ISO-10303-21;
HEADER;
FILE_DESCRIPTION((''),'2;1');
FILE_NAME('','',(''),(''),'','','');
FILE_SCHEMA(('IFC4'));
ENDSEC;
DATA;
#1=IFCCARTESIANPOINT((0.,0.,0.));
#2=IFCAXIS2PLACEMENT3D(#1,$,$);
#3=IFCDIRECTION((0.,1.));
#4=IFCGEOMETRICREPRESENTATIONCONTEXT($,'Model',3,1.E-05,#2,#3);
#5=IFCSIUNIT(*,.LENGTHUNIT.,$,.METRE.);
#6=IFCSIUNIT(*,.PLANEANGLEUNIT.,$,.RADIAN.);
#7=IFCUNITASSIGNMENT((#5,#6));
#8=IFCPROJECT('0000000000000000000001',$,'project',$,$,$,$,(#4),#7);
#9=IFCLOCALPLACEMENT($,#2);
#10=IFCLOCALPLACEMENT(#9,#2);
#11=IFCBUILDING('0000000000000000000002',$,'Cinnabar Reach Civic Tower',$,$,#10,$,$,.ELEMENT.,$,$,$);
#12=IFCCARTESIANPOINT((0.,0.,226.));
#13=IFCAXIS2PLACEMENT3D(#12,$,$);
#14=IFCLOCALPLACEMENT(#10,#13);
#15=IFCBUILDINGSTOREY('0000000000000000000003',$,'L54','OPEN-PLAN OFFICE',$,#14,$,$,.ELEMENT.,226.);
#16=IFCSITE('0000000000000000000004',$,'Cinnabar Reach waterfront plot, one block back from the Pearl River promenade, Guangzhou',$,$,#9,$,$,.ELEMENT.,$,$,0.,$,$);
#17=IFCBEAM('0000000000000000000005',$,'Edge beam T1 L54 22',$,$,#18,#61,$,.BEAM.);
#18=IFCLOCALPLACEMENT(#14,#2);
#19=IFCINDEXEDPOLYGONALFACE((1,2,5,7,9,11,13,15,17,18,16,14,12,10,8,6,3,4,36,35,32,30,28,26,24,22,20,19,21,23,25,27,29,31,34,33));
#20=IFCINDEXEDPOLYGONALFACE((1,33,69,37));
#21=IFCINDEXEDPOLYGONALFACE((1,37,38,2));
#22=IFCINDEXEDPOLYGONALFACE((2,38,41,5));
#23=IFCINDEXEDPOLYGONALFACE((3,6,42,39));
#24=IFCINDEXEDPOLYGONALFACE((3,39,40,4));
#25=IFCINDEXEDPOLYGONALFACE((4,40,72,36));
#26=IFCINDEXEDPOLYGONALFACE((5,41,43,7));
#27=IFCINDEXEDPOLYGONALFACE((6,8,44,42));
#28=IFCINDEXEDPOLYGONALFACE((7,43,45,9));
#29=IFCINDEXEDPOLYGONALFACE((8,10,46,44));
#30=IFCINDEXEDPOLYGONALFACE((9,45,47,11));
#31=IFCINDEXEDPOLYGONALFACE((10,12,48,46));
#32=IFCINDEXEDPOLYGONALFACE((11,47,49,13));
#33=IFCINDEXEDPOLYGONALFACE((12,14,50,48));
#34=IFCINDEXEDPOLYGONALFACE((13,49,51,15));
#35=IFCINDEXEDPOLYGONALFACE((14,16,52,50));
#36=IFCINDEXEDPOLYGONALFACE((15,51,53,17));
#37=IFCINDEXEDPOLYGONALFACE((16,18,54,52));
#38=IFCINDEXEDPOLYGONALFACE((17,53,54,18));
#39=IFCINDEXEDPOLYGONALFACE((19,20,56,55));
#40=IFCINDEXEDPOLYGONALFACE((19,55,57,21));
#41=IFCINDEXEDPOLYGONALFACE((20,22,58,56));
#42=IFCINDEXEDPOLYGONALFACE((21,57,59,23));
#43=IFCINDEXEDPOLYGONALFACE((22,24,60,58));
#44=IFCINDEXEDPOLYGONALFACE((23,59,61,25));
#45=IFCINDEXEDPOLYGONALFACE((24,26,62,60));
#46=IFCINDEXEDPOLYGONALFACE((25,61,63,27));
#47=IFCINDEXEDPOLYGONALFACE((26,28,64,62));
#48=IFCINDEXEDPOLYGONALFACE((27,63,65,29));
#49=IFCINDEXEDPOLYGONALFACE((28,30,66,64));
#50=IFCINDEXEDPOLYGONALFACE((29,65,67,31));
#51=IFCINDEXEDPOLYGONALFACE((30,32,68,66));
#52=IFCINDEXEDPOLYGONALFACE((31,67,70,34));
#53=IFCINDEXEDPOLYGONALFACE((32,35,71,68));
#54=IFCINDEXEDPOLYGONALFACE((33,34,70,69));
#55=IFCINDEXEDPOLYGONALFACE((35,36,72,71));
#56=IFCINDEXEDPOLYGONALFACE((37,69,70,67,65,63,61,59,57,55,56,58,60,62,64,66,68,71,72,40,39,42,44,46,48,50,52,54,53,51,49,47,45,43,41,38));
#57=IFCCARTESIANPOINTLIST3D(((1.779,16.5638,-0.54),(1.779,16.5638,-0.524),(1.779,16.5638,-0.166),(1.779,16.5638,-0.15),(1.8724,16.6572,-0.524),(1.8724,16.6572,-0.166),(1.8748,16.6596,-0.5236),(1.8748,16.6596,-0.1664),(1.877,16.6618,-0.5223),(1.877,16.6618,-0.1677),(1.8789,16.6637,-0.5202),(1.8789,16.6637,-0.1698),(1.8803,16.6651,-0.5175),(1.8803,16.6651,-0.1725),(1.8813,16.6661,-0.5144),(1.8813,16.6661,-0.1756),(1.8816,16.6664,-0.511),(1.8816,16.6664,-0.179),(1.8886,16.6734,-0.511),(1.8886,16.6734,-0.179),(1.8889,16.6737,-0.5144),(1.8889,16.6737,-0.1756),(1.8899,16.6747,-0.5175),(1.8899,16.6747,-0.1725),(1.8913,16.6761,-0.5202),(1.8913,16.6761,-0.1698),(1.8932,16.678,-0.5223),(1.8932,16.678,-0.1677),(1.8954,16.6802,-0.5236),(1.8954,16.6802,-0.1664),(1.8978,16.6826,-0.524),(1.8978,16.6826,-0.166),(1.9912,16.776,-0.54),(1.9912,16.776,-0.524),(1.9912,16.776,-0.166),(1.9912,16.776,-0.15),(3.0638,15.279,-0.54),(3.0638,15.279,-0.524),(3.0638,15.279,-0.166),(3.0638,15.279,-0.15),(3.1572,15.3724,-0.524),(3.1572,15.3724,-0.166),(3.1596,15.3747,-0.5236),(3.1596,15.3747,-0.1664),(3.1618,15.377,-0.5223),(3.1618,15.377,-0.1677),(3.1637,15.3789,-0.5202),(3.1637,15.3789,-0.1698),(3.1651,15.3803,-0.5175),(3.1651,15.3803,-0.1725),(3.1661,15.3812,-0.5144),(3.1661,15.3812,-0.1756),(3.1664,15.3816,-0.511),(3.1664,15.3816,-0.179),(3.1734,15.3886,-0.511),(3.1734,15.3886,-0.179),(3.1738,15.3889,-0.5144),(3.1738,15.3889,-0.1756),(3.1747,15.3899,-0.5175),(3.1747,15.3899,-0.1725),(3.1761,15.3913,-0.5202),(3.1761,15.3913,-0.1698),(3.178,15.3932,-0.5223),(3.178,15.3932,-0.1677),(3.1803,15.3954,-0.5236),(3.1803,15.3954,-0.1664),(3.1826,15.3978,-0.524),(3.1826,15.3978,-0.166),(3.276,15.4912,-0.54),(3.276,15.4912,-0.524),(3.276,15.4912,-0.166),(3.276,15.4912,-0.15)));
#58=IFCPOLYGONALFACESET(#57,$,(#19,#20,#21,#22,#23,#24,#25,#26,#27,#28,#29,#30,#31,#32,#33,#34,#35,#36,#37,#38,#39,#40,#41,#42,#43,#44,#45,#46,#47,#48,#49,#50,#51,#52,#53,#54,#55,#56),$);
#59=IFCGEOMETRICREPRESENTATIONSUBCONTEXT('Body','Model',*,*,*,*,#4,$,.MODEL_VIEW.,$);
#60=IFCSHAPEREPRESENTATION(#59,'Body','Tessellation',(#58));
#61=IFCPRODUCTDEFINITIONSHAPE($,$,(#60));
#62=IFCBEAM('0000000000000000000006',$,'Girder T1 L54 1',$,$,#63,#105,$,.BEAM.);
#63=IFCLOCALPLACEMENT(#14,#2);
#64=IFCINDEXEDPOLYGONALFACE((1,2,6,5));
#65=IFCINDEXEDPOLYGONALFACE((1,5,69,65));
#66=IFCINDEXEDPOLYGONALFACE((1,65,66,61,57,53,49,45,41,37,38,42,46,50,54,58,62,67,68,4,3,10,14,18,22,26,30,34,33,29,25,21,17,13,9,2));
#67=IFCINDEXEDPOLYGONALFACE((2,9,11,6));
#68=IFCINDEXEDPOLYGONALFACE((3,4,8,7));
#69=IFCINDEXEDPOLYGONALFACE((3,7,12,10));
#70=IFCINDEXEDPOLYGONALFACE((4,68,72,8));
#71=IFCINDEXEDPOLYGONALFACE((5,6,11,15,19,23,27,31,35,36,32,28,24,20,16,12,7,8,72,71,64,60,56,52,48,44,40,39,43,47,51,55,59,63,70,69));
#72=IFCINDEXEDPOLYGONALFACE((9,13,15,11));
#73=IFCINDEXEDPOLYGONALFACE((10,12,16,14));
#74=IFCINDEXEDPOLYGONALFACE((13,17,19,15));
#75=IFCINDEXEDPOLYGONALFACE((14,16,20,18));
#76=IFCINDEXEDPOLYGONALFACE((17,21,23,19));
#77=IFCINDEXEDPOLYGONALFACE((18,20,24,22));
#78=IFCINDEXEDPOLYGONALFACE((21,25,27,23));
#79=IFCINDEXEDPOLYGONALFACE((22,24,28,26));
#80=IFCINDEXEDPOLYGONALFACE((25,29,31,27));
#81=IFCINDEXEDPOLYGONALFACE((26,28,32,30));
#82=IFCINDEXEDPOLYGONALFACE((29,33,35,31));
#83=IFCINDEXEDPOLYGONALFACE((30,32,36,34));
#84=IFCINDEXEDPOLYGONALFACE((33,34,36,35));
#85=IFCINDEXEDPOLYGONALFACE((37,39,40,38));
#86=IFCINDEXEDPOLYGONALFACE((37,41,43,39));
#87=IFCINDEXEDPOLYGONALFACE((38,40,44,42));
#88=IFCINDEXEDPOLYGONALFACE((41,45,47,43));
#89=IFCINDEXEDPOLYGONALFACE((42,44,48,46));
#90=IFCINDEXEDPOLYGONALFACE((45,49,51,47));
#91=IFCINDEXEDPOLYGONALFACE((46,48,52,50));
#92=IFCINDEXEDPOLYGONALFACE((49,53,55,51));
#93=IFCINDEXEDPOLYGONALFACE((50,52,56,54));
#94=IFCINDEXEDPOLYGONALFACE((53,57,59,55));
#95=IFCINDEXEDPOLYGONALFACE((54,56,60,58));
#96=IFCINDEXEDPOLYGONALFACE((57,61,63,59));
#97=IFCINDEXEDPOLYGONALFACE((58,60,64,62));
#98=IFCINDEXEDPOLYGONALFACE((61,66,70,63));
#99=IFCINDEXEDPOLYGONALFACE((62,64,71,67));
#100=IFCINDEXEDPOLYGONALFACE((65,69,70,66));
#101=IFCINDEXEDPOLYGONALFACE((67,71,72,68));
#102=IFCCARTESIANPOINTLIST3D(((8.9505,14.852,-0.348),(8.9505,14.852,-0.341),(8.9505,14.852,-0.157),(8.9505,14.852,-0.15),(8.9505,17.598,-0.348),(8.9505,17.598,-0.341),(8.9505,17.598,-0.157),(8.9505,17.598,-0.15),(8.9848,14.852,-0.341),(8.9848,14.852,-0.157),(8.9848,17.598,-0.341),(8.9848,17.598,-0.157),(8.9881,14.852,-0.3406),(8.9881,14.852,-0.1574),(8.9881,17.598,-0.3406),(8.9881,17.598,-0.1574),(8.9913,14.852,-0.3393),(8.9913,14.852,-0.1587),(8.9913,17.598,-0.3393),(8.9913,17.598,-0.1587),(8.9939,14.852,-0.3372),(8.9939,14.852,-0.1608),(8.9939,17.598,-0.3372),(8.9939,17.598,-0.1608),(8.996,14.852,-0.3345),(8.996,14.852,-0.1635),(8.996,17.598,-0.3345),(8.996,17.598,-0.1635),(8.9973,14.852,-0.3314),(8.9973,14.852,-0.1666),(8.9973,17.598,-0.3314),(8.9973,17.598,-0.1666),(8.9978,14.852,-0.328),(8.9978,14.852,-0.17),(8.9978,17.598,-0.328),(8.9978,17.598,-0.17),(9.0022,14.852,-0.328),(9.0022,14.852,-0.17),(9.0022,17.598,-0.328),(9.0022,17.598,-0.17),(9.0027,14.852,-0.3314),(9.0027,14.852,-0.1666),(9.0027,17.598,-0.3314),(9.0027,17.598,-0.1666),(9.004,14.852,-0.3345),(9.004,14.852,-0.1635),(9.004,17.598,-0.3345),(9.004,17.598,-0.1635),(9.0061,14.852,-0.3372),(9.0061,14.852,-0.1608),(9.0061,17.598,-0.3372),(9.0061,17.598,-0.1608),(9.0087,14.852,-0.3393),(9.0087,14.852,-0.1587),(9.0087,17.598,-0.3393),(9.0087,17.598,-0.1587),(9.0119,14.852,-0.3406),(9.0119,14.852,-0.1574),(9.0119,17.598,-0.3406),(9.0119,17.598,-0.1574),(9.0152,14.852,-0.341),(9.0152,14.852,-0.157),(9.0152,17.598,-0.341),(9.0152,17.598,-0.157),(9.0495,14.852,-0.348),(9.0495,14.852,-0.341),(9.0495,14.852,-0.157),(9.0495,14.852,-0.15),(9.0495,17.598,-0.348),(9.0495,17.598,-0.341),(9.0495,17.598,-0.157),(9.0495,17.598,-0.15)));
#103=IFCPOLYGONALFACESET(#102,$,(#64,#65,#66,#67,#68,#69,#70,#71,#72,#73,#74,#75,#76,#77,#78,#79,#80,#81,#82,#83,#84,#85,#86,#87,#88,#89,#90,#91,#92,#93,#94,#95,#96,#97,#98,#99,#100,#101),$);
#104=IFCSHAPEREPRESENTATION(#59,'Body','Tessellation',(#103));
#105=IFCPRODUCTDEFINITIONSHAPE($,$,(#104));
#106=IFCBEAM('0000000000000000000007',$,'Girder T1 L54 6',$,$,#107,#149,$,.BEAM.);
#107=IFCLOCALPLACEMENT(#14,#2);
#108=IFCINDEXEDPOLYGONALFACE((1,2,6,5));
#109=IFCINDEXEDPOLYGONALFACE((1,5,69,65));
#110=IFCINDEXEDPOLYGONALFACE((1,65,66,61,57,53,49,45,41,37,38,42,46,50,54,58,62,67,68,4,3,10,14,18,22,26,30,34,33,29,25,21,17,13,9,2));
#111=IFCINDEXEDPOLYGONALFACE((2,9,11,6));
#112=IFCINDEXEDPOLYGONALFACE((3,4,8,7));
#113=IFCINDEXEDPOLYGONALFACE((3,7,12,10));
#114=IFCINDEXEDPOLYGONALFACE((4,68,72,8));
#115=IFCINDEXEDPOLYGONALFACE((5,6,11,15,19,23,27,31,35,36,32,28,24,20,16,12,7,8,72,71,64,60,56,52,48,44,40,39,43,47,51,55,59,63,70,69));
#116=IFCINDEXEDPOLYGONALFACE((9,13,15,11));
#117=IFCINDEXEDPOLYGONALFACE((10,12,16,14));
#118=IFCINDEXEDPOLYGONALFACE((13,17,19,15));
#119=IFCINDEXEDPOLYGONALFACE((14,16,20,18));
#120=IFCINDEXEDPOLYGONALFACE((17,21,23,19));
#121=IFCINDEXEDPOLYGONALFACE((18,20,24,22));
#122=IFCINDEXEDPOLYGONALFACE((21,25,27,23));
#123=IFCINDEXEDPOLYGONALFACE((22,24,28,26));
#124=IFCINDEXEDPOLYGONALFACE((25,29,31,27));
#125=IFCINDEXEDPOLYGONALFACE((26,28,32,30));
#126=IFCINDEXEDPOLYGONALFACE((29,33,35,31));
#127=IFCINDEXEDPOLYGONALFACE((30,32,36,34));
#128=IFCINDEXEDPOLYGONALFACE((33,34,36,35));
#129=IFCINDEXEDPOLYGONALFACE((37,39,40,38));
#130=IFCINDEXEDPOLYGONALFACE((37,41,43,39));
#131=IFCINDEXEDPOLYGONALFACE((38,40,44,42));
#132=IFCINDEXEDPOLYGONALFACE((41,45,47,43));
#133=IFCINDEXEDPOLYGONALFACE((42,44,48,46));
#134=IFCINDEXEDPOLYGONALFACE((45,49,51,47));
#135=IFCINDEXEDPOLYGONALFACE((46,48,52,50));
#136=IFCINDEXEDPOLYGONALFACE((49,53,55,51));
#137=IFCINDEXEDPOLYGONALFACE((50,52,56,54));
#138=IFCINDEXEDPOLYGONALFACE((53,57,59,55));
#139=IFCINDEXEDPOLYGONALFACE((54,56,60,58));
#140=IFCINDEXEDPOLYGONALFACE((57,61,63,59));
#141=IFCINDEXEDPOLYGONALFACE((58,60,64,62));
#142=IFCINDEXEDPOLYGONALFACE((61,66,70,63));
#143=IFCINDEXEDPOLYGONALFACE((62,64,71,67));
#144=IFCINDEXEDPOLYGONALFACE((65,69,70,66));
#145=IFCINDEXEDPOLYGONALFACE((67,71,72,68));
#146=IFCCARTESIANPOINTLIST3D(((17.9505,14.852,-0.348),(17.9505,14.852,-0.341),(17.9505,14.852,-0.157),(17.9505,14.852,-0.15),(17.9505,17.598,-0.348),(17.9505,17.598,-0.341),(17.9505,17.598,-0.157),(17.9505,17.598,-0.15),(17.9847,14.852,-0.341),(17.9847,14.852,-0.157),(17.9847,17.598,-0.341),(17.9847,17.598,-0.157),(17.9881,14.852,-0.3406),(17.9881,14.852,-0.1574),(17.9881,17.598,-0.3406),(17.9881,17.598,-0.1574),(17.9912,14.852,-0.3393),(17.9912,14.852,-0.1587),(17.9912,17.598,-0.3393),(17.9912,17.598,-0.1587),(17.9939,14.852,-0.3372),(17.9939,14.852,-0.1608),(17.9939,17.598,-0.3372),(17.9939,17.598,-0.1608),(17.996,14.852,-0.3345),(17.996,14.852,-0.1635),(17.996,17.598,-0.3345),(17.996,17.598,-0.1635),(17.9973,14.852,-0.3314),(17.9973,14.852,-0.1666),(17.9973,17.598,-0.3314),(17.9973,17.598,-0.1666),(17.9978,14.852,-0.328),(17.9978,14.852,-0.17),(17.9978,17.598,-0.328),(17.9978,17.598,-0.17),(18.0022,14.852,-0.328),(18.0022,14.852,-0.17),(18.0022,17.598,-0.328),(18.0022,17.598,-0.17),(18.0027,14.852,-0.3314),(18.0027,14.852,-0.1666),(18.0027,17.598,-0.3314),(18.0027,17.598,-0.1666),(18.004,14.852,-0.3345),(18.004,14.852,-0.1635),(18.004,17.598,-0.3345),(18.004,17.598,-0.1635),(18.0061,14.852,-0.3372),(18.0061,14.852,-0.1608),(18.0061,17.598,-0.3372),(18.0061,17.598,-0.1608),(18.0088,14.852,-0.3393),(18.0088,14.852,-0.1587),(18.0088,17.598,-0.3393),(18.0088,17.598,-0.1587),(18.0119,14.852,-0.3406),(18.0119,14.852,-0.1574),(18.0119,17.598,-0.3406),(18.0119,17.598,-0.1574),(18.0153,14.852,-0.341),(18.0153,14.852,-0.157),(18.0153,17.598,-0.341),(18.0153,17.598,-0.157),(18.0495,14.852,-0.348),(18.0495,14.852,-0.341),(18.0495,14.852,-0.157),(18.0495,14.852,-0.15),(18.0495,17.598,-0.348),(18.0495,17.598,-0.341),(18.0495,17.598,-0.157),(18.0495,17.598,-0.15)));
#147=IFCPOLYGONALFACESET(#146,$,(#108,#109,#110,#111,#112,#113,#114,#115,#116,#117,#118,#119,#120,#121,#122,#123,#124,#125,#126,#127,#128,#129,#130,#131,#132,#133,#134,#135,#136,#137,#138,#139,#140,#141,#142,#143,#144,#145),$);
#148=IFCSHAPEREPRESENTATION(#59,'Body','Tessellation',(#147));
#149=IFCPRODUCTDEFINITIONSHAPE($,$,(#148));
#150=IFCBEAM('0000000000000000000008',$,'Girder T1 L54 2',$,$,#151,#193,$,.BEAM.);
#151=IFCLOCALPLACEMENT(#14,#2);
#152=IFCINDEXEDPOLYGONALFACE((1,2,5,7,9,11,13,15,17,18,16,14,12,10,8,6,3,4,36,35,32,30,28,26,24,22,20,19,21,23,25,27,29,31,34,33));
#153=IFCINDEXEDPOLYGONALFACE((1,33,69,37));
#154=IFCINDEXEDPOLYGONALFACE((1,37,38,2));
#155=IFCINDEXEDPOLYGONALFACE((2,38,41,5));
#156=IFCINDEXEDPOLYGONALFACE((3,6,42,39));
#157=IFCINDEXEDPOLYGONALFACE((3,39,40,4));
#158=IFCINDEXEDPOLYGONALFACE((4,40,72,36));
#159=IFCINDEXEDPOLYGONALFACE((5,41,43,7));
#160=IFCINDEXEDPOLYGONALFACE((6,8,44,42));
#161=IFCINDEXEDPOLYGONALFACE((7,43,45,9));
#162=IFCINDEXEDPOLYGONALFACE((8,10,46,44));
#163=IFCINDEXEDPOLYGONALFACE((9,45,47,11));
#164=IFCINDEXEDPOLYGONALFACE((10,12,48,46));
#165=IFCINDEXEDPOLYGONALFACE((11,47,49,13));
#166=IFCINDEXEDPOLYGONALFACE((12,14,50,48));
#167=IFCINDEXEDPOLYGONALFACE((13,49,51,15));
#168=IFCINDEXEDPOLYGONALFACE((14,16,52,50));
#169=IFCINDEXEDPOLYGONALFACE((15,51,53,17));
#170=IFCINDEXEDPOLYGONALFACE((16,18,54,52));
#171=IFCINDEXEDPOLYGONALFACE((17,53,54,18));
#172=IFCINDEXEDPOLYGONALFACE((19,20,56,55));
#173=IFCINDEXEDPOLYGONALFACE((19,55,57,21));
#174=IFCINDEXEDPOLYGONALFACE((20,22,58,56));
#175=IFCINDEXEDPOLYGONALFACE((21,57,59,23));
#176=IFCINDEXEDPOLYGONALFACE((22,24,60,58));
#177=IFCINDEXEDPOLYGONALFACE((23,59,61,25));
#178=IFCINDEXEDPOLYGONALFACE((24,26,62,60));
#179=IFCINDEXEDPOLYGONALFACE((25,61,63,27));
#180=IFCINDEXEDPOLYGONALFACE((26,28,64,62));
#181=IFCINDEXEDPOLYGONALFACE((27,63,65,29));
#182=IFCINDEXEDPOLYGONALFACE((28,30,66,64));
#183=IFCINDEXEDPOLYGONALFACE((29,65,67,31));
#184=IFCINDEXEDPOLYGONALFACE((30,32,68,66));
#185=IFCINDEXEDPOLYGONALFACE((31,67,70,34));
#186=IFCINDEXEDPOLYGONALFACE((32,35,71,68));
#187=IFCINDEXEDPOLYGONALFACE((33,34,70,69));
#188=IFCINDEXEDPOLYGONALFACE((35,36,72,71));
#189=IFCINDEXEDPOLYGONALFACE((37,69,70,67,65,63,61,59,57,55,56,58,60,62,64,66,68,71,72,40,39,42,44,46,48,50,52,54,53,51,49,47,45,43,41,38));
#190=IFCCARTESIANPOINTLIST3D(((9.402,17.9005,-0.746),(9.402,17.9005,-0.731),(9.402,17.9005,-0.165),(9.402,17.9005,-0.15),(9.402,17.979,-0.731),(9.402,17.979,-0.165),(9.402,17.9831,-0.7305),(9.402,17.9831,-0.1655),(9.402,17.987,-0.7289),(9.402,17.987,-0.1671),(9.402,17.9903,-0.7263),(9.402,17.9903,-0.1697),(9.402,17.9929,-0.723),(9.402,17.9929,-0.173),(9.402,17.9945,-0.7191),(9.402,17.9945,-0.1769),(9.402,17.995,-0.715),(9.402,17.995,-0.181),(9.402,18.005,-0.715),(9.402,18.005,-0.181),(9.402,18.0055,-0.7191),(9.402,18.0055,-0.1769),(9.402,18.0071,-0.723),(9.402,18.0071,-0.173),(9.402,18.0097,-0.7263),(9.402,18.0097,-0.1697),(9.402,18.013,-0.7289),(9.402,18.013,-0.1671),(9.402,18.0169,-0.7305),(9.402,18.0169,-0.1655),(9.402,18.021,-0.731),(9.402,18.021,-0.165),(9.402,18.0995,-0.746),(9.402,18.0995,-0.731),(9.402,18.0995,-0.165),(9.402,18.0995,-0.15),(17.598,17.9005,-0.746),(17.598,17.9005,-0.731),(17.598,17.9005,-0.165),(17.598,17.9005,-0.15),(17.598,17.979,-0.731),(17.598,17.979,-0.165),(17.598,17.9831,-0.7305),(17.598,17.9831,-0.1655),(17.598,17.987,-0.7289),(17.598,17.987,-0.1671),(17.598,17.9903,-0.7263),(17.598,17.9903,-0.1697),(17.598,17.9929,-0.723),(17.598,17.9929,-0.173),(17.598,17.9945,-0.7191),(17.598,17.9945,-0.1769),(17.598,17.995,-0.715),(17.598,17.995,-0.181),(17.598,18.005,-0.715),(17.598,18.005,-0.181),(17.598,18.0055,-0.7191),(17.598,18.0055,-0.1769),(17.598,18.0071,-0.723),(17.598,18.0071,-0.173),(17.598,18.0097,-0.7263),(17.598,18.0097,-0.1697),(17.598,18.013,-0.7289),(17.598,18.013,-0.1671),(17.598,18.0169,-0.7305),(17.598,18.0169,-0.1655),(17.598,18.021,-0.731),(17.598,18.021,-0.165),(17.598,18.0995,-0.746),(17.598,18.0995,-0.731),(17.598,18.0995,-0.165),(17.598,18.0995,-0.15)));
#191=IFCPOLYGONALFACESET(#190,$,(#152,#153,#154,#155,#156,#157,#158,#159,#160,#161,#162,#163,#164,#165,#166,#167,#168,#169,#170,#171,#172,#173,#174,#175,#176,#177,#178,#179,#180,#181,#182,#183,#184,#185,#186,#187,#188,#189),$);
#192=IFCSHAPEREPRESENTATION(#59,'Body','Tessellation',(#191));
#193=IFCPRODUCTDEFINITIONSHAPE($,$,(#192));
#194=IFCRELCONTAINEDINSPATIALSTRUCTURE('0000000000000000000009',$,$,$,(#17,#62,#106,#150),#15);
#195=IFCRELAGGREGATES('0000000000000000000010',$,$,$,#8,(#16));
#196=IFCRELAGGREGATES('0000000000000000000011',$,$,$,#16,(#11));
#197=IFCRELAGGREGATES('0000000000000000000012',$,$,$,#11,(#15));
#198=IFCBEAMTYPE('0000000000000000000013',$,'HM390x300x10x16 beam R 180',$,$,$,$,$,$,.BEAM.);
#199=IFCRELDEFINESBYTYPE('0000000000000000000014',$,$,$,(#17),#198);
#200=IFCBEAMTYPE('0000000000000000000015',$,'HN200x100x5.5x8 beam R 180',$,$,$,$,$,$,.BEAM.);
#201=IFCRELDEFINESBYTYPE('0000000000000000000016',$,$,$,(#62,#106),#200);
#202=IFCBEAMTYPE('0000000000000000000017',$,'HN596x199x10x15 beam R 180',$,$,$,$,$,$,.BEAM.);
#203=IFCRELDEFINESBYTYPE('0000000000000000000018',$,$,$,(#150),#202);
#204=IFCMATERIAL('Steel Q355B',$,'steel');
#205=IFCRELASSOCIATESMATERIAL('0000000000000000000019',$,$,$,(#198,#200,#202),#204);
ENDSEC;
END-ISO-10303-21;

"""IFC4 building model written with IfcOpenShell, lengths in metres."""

from ifc_helpers import new_model, si_unit, direction, frame, origin, origin_2d, place, context, subcontext, project, spatial, i_section, extrude, material, material_profile, profile_set, type_object, element, save


model = new_model("IFC4")

# Units and contexts
model_context = context("Model", 3, precision=1e-05, world=origin(), true_north=direction((0.0, 1.0)))
body_context = subcontext(model_context, "Body", "Model", "MODEL_VIEW")
ifc_project = project(units=[si_unit("LENGTHUNIT", "METRE"), si_unit("PLANEANGLEUNIT", "RADIAN")], contexts=[model_context])

# Site, building, storey
site_placement = place(None, origin())
site = spatial("IfcSite", under=ifc_project, at=site_placement, Name="Cinnabar Reach waterfront plot, one block back from the Pearl River promenade, Guangzhou", CompositionType="ELEMENT", RefElevation=0.0)
building_placement = place(site_placement, origin())
building = spatial("IfcBuilding", under=site, at=building_placement, Name="Cinnabar Reach Civic Tower", CompositionType="ELEMENT")
storey_placement = place(building_placement, frame((0.0, 0.0, 226.0)))
storey = spatial("IfcBuildingStorey", under=building, at=storey_placement, Name="L54", Description="OPEN-PLAN OFFICE", CompositionType="ELEMENT", Elevation=226.0)

# Beams
ifc_material_1 = material(Name="Steel Q355B", Category="steel")
ifc_material_profile_1 = material_profile(ifc_material_1, i_section(OverallWidth=0.3, OverallDepth=0.39, WebThickness=0.01, FlangeThickness=0.016, FilletRadius=0.013, at=origin_2d()), Name="HM390x300x10x16")
ifc_profile_set_1 = profile_set([ifc_material_profile_1], Name="Steel Q355B")
beam_type_1 = type_object("IfcBeamType", Name="HM390x300x10x16 beam R 180", PredefinedType="BEAM", material=ifc_profile_set_1)
beam_1_placement = place(storey_placement, frame((1.8851, 16.6699, -0.345), z_axis=(0.707107, -0.707107, 0.0), x_axis=(0.707107, 0.707107, 0.0)))
element("IfcBeam", 1, at=beam_1_placement, inside=storey, type_object=beam_type_1, Name="Edge beam T1 L54 22", PredefinedType="BEAM", context=body_context, shape_type="SweptSolid", body=[
    extrude(i_section(OverallWidth=0.3, OverallDepth=0.39, WebThickness=0.01, FlangeThickness=0.016, FilletRadius=0.013, at=origin_2d()), origin(), (0.0, 0.0, 1.0), 1.817),
])
ifc_material_profile_2 = material_profile(ifc_material_1, i_section(OverallWidth=0.099, OverallDepth=0.198, WebThickness=0.0045, FlangeThickness=0.007, FilletRadius=0.013, at=origin_2d()), Name="HN200x100x5.5x8")
ifc_profile_set_2 = profile_set([ifc_material_profile_2], Name="Steel Q355B")
beam_type_2 = type_object("IfcBeamType", Name="HN200x100x5.5x8 beam R 180", PredefinedType="BEAM", material=ifc_profile_set_2)
for number, where, z_axis, x_axis, name in (
    (2, (9.0, 14.852, -0.249), (0.0, 1.0, 0.0), (-1.0, 0.0, 0.0), "Girder T1 L54 1"),
    (3, (18.0, 14.852, -0.249), (0.0, 1.0, 0.0), (-1.0, 0.0, 0.0), "Girder T1 L54 6"),
):
    element("IfcBeam", number, at=place(storey_placement, frame(where, z_axis=z_axis, x_axis=x_axis)), inside=storey, type_object=beam_type_2, Name=name, PredefinedType="BEAM", context=body_context, shape_type="SweptSolid", body=[
        extrude(i_section(OverallWidth=0.099, OverallDepth=0.198, WebThickness=0.0045, FlangeThickness=0.007, FilletRadius=0.013, at=origin_2d()), origin(), (0.0, 0.0, 1.0), 2.746),
    ])
ifc_material_profile_3 = material_profile(ifc_material_1, i_section(OverallWidth=0.199, OverallDepth=0.596, WebThickness=0.01, FlangeThickness=0.015, FilletRadius=0.016, at=origin_2d()), Name="HN596x199x10x15")
ifc_profile_set_3 = profile_set([ifc_material_profile_3], Name="Steel Q355B")
beam_type_3 = type_object("IfcBeamType", Name="HN596x199x10x15 beam R 180", PredefinedType="BEAM", material=ifc_profile_set_3)
beam_2_placement = place(storey_placement, frame((9.402, 18.0, -0.448), z_axis=(1.0, 0.0, 0.0), x_axis=(0.0, 1.0, 0.0)))
element("IfcBeam", 4, at=beam_2_placement, inside=storey, type_object=beam_type_3, Name="Girder T1 L54 2", PredefinedType="BEAM", context=body_context, shape_type="SweptSolid", body=[
    extrude(i_section(OverallWidth=0.199, OverallDepth=0.596, WebThickness=0.01, FlangeThickness=0.015, FilletRadius=0.016, at=origin_2d()), origin(), (0.0, 0.0, 1.0), 8.196),
])

save(model, "model.ifc")
